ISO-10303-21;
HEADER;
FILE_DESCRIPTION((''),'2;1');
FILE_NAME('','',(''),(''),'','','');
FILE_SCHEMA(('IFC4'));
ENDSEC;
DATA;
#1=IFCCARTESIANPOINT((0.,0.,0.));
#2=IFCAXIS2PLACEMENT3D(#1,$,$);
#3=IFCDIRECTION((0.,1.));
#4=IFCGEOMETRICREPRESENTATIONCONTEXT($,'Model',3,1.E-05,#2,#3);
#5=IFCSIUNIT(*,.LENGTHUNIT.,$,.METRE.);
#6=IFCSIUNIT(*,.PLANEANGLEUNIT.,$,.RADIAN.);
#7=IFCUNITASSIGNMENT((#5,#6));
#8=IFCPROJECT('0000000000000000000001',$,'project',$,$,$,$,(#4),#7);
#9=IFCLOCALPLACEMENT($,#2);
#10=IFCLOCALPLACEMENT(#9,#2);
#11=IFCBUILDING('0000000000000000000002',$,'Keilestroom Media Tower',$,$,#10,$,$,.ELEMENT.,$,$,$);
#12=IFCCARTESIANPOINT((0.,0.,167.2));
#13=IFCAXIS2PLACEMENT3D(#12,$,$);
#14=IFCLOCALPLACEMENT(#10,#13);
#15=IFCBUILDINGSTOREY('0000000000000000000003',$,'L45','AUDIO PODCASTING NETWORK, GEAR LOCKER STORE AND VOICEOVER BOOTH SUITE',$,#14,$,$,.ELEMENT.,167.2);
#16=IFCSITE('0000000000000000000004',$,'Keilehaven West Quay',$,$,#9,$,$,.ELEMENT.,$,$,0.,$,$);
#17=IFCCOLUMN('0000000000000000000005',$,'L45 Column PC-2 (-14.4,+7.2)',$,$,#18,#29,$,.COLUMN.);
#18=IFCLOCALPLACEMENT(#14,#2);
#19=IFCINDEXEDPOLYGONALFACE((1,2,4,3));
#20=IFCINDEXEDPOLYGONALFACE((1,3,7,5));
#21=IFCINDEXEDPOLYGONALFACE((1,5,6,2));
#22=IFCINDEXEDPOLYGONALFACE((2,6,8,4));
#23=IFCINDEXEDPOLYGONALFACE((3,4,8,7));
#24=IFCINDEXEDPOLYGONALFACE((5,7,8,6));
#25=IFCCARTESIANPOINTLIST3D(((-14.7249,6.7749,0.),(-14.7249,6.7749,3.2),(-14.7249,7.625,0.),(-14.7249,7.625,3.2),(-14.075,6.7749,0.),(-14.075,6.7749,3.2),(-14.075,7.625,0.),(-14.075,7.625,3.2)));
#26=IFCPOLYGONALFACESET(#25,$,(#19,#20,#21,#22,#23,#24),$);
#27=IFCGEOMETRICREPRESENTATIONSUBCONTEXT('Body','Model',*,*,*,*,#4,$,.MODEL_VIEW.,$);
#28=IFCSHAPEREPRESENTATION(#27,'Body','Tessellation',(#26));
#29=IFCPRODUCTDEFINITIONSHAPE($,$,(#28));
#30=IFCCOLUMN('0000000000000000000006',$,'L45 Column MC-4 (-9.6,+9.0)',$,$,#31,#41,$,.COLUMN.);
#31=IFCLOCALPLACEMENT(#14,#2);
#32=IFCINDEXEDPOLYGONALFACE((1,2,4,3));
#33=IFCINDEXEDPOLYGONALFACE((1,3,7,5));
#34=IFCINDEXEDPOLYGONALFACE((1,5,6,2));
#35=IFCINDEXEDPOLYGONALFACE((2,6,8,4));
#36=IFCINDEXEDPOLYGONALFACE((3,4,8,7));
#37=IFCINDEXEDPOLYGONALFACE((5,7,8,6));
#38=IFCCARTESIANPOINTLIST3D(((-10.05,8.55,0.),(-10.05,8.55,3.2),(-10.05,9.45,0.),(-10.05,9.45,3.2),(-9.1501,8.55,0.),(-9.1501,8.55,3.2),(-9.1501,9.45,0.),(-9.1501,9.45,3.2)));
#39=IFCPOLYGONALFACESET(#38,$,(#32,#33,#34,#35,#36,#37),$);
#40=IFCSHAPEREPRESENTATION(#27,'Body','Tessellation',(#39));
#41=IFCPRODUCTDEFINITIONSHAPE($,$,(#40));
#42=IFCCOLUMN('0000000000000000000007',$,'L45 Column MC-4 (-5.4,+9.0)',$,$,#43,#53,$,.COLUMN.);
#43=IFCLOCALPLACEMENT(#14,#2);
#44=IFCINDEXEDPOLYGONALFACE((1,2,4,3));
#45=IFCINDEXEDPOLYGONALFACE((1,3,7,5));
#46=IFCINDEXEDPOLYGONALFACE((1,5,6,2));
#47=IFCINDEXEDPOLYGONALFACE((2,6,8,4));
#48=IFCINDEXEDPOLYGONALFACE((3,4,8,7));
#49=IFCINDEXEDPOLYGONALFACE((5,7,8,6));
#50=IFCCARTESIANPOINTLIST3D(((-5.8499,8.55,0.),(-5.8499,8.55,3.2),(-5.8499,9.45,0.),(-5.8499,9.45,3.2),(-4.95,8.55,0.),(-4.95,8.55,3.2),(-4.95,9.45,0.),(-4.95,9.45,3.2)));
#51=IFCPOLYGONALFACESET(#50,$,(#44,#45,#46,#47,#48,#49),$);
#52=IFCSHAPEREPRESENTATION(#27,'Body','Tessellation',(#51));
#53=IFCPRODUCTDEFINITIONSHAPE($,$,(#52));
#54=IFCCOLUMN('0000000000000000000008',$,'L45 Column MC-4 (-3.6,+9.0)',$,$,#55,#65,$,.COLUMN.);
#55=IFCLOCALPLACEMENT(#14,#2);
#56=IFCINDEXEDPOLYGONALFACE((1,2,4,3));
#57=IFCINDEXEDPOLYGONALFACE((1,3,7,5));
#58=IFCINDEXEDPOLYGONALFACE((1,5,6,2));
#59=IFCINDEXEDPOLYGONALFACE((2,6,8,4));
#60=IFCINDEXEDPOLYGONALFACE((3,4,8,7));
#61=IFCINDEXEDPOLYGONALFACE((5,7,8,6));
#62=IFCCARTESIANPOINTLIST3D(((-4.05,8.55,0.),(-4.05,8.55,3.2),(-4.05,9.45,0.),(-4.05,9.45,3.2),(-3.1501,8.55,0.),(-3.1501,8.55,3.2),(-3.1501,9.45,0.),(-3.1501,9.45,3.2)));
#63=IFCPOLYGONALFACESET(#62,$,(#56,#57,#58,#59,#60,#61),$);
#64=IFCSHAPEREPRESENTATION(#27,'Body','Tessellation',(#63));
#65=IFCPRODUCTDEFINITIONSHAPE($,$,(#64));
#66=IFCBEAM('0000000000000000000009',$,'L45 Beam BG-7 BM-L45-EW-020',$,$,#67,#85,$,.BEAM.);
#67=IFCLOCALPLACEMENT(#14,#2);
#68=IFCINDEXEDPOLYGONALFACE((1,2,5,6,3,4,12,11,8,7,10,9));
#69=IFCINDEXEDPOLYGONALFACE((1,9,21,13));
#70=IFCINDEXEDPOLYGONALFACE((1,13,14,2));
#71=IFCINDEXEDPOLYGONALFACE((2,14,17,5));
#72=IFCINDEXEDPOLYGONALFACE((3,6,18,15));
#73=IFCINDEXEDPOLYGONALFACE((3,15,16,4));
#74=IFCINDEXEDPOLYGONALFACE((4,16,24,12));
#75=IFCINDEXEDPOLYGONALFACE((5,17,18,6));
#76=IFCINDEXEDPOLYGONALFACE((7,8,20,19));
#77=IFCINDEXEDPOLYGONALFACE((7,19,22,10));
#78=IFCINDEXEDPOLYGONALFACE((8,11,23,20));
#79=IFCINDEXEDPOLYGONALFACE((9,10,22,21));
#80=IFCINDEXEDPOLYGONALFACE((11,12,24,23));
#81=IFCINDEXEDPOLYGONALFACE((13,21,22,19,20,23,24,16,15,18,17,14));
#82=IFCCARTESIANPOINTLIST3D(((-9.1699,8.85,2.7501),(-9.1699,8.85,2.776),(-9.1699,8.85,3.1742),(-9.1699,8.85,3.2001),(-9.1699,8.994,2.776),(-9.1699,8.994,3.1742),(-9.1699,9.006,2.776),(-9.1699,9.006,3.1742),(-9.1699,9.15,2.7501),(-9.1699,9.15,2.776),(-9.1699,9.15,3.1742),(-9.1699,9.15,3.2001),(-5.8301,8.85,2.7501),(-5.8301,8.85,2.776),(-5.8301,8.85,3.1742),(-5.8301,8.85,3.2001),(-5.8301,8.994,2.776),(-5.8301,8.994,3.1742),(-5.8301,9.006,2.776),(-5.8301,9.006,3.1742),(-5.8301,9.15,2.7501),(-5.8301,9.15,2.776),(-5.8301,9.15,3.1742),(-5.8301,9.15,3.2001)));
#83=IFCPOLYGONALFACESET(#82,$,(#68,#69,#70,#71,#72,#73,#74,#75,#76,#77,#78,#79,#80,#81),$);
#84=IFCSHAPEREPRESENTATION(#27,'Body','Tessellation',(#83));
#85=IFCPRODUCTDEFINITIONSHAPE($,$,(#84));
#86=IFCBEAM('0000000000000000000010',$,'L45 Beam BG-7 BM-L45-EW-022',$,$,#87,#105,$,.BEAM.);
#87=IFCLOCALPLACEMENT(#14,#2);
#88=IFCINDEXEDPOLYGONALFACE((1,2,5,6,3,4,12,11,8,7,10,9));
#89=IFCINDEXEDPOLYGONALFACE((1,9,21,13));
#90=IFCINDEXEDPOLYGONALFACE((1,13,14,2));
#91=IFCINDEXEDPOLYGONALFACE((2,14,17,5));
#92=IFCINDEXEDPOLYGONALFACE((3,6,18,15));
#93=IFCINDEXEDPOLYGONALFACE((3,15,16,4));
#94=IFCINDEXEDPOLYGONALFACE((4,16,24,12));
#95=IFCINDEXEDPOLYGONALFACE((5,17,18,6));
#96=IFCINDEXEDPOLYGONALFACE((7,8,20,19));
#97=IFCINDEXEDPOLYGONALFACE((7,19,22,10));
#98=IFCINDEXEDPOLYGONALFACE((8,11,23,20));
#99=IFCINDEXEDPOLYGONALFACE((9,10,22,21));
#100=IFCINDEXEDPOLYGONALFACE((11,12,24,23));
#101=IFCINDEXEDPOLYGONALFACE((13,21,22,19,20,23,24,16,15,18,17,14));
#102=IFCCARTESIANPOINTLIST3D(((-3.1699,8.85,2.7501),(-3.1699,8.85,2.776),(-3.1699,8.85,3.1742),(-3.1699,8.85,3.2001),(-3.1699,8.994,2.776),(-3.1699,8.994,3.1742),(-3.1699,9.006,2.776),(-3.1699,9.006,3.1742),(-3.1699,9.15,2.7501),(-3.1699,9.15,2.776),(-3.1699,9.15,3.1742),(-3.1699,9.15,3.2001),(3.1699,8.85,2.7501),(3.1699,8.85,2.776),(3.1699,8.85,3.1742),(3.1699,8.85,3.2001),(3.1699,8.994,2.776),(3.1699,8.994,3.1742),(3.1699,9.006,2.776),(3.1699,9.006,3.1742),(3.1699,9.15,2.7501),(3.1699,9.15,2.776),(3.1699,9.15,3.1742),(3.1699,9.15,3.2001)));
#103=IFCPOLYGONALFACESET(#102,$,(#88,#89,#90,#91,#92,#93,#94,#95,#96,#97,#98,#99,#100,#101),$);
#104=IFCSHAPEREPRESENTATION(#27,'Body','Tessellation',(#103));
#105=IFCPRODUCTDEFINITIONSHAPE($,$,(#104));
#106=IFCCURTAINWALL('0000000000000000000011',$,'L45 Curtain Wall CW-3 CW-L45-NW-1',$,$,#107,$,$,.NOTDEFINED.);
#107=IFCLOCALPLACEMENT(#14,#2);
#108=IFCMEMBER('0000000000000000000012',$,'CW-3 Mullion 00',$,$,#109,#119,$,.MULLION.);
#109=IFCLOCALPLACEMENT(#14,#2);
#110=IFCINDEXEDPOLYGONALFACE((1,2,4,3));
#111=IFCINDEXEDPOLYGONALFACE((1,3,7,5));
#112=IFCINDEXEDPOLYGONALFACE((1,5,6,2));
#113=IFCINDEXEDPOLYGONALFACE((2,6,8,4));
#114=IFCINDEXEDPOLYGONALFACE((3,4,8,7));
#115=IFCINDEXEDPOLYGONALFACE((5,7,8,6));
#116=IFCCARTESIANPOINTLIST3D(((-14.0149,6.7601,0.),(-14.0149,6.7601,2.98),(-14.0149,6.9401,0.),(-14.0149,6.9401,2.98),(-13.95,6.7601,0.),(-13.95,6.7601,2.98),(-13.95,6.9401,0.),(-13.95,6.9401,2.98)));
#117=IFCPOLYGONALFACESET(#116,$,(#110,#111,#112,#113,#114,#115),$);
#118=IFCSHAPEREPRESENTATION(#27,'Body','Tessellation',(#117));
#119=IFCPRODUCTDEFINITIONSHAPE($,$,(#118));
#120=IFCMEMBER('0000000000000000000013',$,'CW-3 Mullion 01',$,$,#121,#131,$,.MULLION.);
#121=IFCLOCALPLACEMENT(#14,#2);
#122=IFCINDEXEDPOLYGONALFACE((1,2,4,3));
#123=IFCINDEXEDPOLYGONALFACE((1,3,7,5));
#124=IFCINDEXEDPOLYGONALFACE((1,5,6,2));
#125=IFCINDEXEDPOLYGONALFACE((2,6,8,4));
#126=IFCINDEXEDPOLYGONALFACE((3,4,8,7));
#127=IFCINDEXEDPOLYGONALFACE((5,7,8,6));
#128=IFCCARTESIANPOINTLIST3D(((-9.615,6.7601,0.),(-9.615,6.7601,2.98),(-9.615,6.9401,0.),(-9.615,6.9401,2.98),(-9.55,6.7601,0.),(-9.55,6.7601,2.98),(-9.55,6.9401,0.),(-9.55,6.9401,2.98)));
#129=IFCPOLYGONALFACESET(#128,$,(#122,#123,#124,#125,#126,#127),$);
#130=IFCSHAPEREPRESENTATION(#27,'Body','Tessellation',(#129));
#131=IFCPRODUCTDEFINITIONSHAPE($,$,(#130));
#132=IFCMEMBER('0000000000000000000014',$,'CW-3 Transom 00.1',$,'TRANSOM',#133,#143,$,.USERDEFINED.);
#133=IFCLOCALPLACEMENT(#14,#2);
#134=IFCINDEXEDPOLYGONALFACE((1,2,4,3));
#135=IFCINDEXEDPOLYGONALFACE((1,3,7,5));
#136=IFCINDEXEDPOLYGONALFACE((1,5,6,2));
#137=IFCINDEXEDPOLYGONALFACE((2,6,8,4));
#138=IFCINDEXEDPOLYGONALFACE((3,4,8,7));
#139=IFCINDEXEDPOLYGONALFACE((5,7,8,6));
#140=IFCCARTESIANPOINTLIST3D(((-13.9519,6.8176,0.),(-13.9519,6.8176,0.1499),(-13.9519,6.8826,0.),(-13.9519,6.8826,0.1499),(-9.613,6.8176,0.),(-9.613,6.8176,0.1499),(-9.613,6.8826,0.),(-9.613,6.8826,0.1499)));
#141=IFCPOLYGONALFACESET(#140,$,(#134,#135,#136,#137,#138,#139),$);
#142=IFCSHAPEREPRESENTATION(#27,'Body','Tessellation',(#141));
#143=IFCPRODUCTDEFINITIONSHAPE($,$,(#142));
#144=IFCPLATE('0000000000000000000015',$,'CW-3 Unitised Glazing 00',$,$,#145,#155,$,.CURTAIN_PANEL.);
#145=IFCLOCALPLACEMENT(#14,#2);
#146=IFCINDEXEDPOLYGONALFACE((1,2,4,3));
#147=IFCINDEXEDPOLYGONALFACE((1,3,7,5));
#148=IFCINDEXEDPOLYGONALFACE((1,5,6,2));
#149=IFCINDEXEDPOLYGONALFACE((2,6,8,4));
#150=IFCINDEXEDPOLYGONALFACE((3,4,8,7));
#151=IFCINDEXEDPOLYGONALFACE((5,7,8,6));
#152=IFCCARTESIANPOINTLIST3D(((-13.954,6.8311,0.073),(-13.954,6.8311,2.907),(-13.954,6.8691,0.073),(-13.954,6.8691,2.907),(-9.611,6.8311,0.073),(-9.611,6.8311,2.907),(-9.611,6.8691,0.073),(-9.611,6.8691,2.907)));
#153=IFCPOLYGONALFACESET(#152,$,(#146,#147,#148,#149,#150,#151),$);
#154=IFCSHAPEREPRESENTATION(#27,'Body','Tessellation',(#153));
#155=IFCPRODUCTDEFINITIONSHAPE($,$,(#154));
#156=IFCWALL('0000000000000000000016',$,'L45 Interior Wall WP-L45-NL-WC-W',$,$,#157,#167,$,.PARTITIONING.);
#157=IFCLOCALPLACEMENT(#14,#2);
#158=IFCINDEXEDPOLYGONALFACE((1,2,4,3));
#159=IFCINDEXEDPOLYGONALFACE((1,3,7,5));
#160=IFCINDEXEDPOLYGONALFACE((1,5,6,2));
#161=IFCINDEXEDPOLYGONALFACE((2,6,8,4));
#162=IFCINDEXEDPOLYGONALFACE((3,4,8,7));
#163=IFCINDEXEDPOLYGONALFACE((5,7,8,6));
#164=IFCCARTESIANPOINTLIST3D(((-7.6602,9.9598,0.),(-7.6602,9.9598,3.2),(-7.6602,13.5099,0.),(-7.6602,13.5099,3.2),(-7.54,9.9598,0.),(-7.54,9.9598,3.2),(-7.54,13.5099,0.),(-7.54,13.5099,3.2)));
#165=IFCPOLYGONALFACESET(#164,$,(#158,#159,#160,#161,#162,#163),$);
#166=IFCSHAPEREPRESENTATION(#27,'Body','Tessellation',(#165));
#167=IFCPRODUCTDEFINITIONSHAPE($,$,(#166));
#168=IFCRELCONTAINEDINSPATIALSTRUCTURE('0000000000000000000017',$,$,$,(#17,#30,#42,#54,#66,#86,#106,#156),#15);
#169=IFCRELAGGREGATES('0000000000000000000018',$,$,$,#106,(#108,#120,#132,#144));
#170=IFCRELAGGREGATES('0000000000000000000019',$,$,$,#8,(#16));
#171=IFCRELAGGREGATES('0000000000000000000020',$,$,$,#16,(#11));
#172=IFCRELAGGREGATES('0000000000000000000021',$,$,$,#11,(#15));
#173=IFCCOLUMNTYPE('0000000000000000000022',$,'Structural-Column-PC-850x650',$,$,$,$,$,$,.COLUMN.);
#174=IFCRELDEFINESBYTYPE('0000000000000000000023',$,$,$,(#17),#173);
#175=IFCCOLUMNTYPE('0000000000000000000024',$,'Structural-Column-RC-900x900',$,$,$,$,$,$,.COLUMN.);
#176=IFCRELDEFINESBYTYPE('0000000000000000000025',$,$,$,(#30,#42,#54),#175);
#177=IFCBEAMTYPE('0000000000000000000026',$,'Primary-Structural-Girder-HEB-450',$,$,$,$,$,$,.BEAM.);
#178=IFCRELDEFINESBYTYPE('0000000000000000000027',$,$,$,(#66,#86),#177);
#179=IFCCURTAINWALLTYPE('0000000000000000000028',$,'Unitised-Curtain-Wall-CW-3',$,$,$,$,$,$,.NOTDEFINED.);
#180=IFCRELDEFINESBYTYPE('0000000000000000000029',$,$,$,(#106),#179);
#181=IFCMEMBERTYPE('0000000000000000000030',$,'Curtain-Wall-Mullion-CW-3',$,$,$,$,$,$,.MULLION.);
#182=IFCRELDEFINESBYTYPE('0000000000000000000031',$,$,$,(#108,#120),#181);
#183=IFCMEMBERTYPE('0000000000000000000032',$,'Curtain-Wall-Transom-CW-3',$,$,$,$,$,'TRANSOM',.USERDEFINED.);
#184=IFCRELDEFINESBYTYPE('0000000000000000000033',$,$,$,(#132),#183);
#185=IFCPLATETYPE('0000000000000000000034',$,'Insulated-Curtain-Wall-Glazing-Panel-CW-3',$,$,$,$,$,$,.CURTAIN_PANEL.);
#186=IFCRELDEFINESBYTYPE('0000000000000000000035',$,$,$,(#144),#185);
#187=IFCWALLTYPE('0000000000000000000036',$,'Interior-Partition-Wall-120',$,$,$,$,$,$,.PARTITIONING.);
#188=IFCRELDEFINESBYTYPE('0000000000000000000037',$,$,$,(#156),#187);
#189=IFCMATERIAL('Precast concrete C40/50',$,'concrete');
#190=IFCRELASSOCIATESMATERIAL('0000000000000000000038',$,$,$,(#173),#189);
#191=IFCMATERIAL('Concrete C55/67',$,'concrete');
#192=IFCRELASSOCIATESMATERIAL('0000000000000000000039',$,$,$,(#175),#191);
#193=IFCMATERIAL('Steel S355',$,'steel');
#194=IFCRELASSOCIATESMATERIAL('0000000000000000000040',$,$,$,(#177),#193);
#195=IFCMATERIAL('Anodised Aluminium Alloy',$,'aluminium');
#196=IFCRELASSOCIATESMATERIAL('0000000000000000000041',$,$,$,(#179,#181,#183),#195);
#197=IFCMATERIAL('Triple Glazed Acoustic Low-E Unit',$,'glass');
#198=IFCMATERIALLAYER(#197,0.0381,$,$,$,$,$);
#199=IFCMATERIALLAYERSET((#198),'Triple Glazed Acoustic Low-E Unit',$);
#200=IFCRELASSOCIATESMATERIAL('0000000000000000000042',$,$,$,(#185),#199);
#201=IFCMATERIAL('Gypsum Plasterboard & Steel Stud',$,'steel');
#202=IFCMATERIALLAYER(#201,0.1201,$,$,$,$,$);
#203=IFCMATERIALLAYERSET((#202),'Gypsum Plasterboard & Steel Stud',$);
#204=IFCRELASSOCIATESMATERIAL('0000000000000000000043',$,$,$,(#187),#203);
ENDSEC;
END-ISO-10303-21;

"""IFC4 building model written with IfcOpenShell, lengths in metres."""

from ifc_helpers import new_model, si_unit, direction, frame, frame_2d, origin, origin_2d, place, context, subcontext, project, spatial, rectangle, i_section, extrude, source, transform, mapped, material, layer, layer_set, material_profile, profile_set, type_object, element, aggregate, save


model = new_model("IFC4")

# Units and contexts
model_context = context("Model", 3, precision=1e-05, world=origin(), true_north=direction((0.0, 1.0)))
body_context = subcontext(model_context, "Body", "Model", "MODEL_VIEW")
ifc_project = project(units=[si_unit("LENGTHUNIT", "METRE"), si_unit("PLANEANGLEUNIT", "RADIAN")], contexts=[model_context])

# Site, building, storey
site_placement = place(None, origin())
site = spatial("IfcSite", under=ifc_project, at=site_placement, Name="Keilehaven West Quay", CompositionType="ELEMENT", RefElevation=0.0)
building_placement = place(site_placement, origin())
building = spatial("IfcBuilding", under=site, at=building_placement, Name="Keilestroom Media Tower", CompositionType="ELEMENT")
storey_placement = place(building_placement, frame((0.0, 0.0, 167.2)))
storey = spatial("IfcBuildingStorey", under=building, at=storey_placement, Name="L45", Description="AUDIO PODCASTING NETWORK, GEAR LOCKER STORE AND VOICEOVER BOOTH SUITE", CompositionType="ELEMENT", Elevation=167.2)

# Columns
ifc_material_1 = material(Name="Precast concrete C40/50", Category="concrete")
ifc_material_profile_1 = material_profile(ifc_material_1, rectangle(XDim=0.6499, YDim=0.8501, at=origin_2d()), Name="PC 850x650")
ifc_profile_set_1 = profile_set([ifc_material_profile_1], Name="Precast concrete C40/50")
column_type_1 = type_object("IfcColumnType", Name="Structural-Column-PC-850x650", PredefinedType="COLUMN", material=ifc_profile_set_1)
shared_shape_1 = source(origin(), body_context, "Body", "SweptSolid", [
    extrude(rectangle(XDim=0.6499, YDim=0.8501, at=origin_2d()), origin(), (0.0, 0.0, 1.0), 3.2),
])
column_placement = place(storey_placement, frame((-14.3999, 7.2, 0.0), z_axis=(0.0, 0.0, 1.0), x_axis=(1.0, 0.0, 0.0)))
element("IfcColumn", 1, at=column_placement, inside=storey, type_object=column_type_1, Name="L45 Column PC-2 (-14.4,+7.2)", PredefinedType="COLUMN", context=body_context, shape_type="MappedRepresentation", body=[
    mapped(shared_shape_1, transform((0.0, 0.0, 0.0), x_axis=(1.0, 0.0, 0.0), y_axis=(0.0, 1.0, 0.0), z_axis=(0.0, 0.0, 1.0), scale=1.0)),
])
ifc_material_2 = material(Name="Concrete C55/67", Category="concrete")
ifc_material_profile_2 = material_profile(ifc_material_2, rectangle(XDim=0.8999, YDim=0.8999, at=origin_2d()), Name="RC 900x900")
ifc_profile_set_2 = profile_set([ifc_material_profile_2], Name="Concrete C55/67")
column_type_2 = type_object("IfcColumnType", Name="Structural-Column-RC-900x900", PredefinedType="COLUMN", material=ifc_profile_set_2)
shared_shape_2 = source(origin(), body_context, "Body", "SweptSolid", [
    extrude(rectangle(XDim=0.8999, YDim=0.8999, at=origin_2d()), origin(), (0.0, 0.0, 1.0), 3.2),
])
for number, where, z_axis, x_axis, name in (
    (2, (-9.6001, 9.0, 0.0), (0.0, 0.0, 1.0), (1.0, 0.0, 0.0), "L45 Column MC-4 (-9.6,+9.0)"),
    (3, (-5.3999, 9.0, 0.0), (0.0, 0.0, 1.0), (1.0, 0.0, 0.0), "L45 Column MC-4 (-5.4,+9.0)"),
    (4, (-3.6001, 9.0, 0.0), (0.0, 0.0, 1.0), (1.0, 0.0, 0.0), "L45 Column MC-4 (-3.6,+9.0)"),
):
    element("IfcColumn", number, at=place(storey_placement, frame(where, z_axis=z_axis, x_axis=x_axis)), inside=storey, type_object=column_type_2, Name=name, PredefinedType="COLUMN", context=body_context, shape_type="MappedRepresentation", body=[
        mapped(shared_shape_2, transform((0.0, 0.0, 0.0), x_axis=(1.0, 0.0, 0.0), y_axis=(0.0, 1.0, 0.0), z_axis=(0.0, 0.0, 1.0), scale=1.0)),
    ])

# Beams
ifc_material_3 = material(Name="Steel S355", Category="steel")
ifc_material_profile_3 = material_profile(ifc_material_3, i_section(OverallWidth=0.3, OverallDepth=0.45, WebThickness=0.012, FlangeThickness=0.0259, at=origin_2d()), Name="HEB 450")
ifc_profile_set_3 = profile_set([ifc_material_profile_3], Name="Steel S355")
beam_type = type_object("IfcBeamType", Name="Primary-Structural-Girder-HEB-450", PredefinedType="BEAM", material=ifc_profile_set_3)
shared_shape_3 = source(origin(), body_context, "Body", "SweptSolid", [
    extrude(i_section(OverallWidth=0.3, OverallDepth=0.45, WebThickness=0.012, FlangeThickness=0.0259, at=origin_2d()), origin(), (0.0, 0.0, 1.0), 3.3398),
])
beam_1_placement = place(storey_placement, frame((-9.1699, 9.0, 2.9751), z_axis=(1.0, 0.0, 0.0), x_axis=(0.0, 1.0, 0.0)))
element("IfcBeam", 5, at=beam_1_placement, inside=storey, type_object=beam_type, Name="L45 Beam BG-7 BM-L45-EW-020", PredefinedType="BEAM", context=body_context, shape_type="MappedRepresentation", body=[
    mapped(shared_shape_3, transform((0.0, 0.0, 0.0), x_axis=(1.0, 0.0, 0.0), y_axis=(0.0, 1.0, 0.0), z_axis=(0.0, 0.0, 1.0), scale=1.0)),
])
shared_shape_4 = source(origin(), body_context, "Body", "SweptSolid", [
    extrude(i_section(OverallWidth=0.3, OverallDepth=0.45, WebThickness=0.012, FlangeThickness=0.0259, at=origin_2d()), origin(), (0.0, 0.0, 1.0), 6.3398),
])
beam_2_placement = place(storey_placement, frame((-3.1699, 9.0, 2.9751), z_axis=(1.0, 0.0, 0.0), x_axis=(0.0, 1.0, 0.0)))
element("IfcBeam", 6, at=beam_2_placement, inside=storey, type_object=beam_type, Name="L45 Beam BG-7 BM-L45-EW-022", PredefinedType="BEAM", context=body_context, shape_type="MappedRepresentation", body=[
    mapped(shared_shape_4, transform((0.0, 0.0, 0.0), x_axis=(1.0, 0.0, 0.0), y_axis=(0.0, 1.0, 0.0), z_axis=(0.0, 0.0, 1.0), scale=1.0)),
])

# Curtain wall, members, plate
ifc_material_4 = material(Name="Anodised Aluminium Alloy", Category="aluminium")
curtain_wall_type = type_object("IfcCurtainWallType", Name="Unitised-Curtain-Wall-CW-3", PredefinedType="NOTDEFINED", material=ifc_material_4)
curtain_wall_placement = place(storey_placement, origin())
curtain_wall = element("IfcCurtainWall", 7, at=curtain_wall_placement, inside=storey, type_object=curtain_wall_type, Name="L45 Curtain Wall CW-3 CW-L45-NW-1", PredefinedType="NOTDEFINED")
ifc_material_profile_4 = material_profile(ifc_material_4, rectangle(XDim=0.0649, YDim=0.1799, at=origin_2d()), Name="ALU MULLION 65x180")
ifc_profile_set_4 = profile_set([ifc_material_profile_4], Name="Anodised Aluminium Alloy")
member_type_1 = type_object("IfcMemberType", Name="Curtain-Wall-Mullion-CW-3", PredefinedType="MULLION", material=ifc_profile_set_4)
shared_shape_5 = source(origin(), body_context, "Body", "SweptSolid", [
    extrude(rectangle(XDim=0.0649, YDim=0.1799, at=origin_2d()), origin(), (0.0, 0.0, 1.0), 2.98),
])
member_1_placement = place(storey_placement, frame((-13.9824, 6.8501, 0.0), z_axis=(0.0, 0.0, 1.0), x_axis=(1.0, 0.0, 0.0)))
member_1 = element("IfcMember", 8, at=member_1_placement, type_object=member_type_1, Name="CW-3 Mullion 00", PredefinedType="MULLION", context=body_context, shape_type="MappedRepresentation", body=[
    mapped(shared_shape_5, transform((0.0, 0.0, 0.0), x_axis=(1.0, 0.0, 0.0), y_axis=(0.0, 1.0, 0.0), z_axis=(0.0, 0.0, 1.0), scale=1.0)),
])
member_2_placement = place(storey_placement, frame((-9.5825, 6.8501, 0.0), z_axis=(0.0, 0.0, 1.0), x_axis=(1.0, 0.0, 0.0)))
member_2 = element("IfcMember", 9, at=member_2_placement, type_object=member_type_1, Name="CW-3 Mullion 01", PredefinedType="MULLION", context=body_context, shape_type="MappedRepresentation", body=[
    mapped(shared_shape_5, transform((0.0, 0.0, 0.0), x_axis=(1.0, 0.0, 0.0), y_axis=(0.0, 1.0, 0.0), z_axis=(0.0, 0.0, 1.0), scale=1.0)),
])
ifc_material_profile_5 = material_profile(ifc_material_4, rectangle(XDim=0.0649, YDim=0.1499, at=origin_2d()), Name="ALU TRANSOM 65x150")
ifc_profile_set_5 = profile_set([ifc_material_profile_5], Name="Anodised Aluminium Alloy")
member_type_2 = type_object("IfcMemberType", Name="Curtain-Wall-Transom-CW-3", ElementType="TRANSOM", PredefinedType="USERDEFINED", material=ifc_profile_set_5)
shared_shape_6 = source(origin(), body_context, "Body", "SweptSolid", [
    extrude(rectangle(XDim=0.0649, YDim=0.1499, at=origin_2d()), origin(), (0.0, 0.0, 1.0), 4.3389),
])
member_3_placement = place(storey_placement, frame((-13.9519, 6.8501, 0.075), z_axis=(1.0, 0.0, 0.0), x_axis=(0.0, 1.0, 0.0)))
member_3 = element("IfcMember", 10, at=member_3_placement, type_object=member_type_2, Name="CW-3 Transom 00.1", ObjectType="TRANSOM", PredefinedType="USERDEFINED", context=body_context, shape_type="MappedRepresentation", body=[
    mapped(shared_shape_6, transform((0.0, 0.0, 0.0), x_axis=(1.0, 0.0, 0.0), y_axis=(0.0, 1.0, 0.0), z_axis=(0.0, 0.0, 1.0), scale=1.0)),
])
ifc_material_5 = material(Name="Triple Glazed Acoustic Low-E Unit", Category="glass")
ifc_layer_1 = layer(ifc_material_5, 0.0381)
ifc_layer_set_1 = layer_set([ifc_layer_1], Name="Triple Glazed Acoustic Low-E Unit")
plate_type = type_object("IfcPlateType", Name="Insulated-Curtain-Wall-Glazing-Panel-CW-3", PredefinedType="CURTAIN_PANEL", material=ifc_layer_set_1)
shared_shape_7 = source(origin(), body_context, "Body", "SweptSolid", [
    extrude(rectangle(XDim=4.343, YDim=0.0381, at=origin_2d()), origin(), (0.0, 0.0, 1.0), 2.834),
])
plate_placement = place(storey_placement, frame((-11.7825, 6.8501, 0.073), z_axis=(0.0, 0.0, 1.0), x_axis=(1.0, 0.0, 0.0)))
plate = element("IfcPlate", 11, at=plate_placement, type_object=plate_type, Name="CW-3 Unitised Glazing 00", PredefinedType="CURTAIN_PANEL", context=body_context, shape_type="MappedRepresentation", body=[
    mapped(shared_shape_7, transform((0.0, 0.0, 0.0), x_axis=(1.0, 0.0, 0.0), y_axis=(0.0, 1.0, 0.0), z_axis=(0.0, 0.0, 1.0), scale=1.0)),
])
aggregate(curtain_wall, [member_1, member_2, member_3, plate])

# Wall
ifc_material_6 = material(Name="Gypsum Plasterboard & Steel Stud", Category="steel")
ifc_layer_2 = layer(ifc_material_6, 0.1201)
ifc_layer_set_2 = layer_set([ifc_layer_2], Name="Gypsum Plasterboard & Steel Stud")
wall_type_1 = type_object("IfcWallType", Name="Interior-Partition-Wall-120", PredefinedType="PARTITIONING", material=ifc_layer_set_2)
for number, where, z_axis, x_axis, name in (
    (12, (-7.6001, 9.96, 0.0), (0.0, 0.0, 1.0), (0.0, 1.0, 0.0), "L45 Interior Wall WP-L45-NL-WC-W"),
):
    element("IfcWall", number, at=place(storey_placement, frame(where, z_axis=z_axis, x_axis=x_axis)), inside=storey, type_object=wall_type_1, Name=name, PredefinedType="PARTITIONING", context=body_context, shape_type="SweptSolid", body=[
        extrude(rectangle(XDim=3.55, YDim=0.1201, at=frame_2d((1.7749, 0.0))), origin(), (0.0, 0.0, 1.0), 3.2),
    ])

save(model, "model.ifc")
